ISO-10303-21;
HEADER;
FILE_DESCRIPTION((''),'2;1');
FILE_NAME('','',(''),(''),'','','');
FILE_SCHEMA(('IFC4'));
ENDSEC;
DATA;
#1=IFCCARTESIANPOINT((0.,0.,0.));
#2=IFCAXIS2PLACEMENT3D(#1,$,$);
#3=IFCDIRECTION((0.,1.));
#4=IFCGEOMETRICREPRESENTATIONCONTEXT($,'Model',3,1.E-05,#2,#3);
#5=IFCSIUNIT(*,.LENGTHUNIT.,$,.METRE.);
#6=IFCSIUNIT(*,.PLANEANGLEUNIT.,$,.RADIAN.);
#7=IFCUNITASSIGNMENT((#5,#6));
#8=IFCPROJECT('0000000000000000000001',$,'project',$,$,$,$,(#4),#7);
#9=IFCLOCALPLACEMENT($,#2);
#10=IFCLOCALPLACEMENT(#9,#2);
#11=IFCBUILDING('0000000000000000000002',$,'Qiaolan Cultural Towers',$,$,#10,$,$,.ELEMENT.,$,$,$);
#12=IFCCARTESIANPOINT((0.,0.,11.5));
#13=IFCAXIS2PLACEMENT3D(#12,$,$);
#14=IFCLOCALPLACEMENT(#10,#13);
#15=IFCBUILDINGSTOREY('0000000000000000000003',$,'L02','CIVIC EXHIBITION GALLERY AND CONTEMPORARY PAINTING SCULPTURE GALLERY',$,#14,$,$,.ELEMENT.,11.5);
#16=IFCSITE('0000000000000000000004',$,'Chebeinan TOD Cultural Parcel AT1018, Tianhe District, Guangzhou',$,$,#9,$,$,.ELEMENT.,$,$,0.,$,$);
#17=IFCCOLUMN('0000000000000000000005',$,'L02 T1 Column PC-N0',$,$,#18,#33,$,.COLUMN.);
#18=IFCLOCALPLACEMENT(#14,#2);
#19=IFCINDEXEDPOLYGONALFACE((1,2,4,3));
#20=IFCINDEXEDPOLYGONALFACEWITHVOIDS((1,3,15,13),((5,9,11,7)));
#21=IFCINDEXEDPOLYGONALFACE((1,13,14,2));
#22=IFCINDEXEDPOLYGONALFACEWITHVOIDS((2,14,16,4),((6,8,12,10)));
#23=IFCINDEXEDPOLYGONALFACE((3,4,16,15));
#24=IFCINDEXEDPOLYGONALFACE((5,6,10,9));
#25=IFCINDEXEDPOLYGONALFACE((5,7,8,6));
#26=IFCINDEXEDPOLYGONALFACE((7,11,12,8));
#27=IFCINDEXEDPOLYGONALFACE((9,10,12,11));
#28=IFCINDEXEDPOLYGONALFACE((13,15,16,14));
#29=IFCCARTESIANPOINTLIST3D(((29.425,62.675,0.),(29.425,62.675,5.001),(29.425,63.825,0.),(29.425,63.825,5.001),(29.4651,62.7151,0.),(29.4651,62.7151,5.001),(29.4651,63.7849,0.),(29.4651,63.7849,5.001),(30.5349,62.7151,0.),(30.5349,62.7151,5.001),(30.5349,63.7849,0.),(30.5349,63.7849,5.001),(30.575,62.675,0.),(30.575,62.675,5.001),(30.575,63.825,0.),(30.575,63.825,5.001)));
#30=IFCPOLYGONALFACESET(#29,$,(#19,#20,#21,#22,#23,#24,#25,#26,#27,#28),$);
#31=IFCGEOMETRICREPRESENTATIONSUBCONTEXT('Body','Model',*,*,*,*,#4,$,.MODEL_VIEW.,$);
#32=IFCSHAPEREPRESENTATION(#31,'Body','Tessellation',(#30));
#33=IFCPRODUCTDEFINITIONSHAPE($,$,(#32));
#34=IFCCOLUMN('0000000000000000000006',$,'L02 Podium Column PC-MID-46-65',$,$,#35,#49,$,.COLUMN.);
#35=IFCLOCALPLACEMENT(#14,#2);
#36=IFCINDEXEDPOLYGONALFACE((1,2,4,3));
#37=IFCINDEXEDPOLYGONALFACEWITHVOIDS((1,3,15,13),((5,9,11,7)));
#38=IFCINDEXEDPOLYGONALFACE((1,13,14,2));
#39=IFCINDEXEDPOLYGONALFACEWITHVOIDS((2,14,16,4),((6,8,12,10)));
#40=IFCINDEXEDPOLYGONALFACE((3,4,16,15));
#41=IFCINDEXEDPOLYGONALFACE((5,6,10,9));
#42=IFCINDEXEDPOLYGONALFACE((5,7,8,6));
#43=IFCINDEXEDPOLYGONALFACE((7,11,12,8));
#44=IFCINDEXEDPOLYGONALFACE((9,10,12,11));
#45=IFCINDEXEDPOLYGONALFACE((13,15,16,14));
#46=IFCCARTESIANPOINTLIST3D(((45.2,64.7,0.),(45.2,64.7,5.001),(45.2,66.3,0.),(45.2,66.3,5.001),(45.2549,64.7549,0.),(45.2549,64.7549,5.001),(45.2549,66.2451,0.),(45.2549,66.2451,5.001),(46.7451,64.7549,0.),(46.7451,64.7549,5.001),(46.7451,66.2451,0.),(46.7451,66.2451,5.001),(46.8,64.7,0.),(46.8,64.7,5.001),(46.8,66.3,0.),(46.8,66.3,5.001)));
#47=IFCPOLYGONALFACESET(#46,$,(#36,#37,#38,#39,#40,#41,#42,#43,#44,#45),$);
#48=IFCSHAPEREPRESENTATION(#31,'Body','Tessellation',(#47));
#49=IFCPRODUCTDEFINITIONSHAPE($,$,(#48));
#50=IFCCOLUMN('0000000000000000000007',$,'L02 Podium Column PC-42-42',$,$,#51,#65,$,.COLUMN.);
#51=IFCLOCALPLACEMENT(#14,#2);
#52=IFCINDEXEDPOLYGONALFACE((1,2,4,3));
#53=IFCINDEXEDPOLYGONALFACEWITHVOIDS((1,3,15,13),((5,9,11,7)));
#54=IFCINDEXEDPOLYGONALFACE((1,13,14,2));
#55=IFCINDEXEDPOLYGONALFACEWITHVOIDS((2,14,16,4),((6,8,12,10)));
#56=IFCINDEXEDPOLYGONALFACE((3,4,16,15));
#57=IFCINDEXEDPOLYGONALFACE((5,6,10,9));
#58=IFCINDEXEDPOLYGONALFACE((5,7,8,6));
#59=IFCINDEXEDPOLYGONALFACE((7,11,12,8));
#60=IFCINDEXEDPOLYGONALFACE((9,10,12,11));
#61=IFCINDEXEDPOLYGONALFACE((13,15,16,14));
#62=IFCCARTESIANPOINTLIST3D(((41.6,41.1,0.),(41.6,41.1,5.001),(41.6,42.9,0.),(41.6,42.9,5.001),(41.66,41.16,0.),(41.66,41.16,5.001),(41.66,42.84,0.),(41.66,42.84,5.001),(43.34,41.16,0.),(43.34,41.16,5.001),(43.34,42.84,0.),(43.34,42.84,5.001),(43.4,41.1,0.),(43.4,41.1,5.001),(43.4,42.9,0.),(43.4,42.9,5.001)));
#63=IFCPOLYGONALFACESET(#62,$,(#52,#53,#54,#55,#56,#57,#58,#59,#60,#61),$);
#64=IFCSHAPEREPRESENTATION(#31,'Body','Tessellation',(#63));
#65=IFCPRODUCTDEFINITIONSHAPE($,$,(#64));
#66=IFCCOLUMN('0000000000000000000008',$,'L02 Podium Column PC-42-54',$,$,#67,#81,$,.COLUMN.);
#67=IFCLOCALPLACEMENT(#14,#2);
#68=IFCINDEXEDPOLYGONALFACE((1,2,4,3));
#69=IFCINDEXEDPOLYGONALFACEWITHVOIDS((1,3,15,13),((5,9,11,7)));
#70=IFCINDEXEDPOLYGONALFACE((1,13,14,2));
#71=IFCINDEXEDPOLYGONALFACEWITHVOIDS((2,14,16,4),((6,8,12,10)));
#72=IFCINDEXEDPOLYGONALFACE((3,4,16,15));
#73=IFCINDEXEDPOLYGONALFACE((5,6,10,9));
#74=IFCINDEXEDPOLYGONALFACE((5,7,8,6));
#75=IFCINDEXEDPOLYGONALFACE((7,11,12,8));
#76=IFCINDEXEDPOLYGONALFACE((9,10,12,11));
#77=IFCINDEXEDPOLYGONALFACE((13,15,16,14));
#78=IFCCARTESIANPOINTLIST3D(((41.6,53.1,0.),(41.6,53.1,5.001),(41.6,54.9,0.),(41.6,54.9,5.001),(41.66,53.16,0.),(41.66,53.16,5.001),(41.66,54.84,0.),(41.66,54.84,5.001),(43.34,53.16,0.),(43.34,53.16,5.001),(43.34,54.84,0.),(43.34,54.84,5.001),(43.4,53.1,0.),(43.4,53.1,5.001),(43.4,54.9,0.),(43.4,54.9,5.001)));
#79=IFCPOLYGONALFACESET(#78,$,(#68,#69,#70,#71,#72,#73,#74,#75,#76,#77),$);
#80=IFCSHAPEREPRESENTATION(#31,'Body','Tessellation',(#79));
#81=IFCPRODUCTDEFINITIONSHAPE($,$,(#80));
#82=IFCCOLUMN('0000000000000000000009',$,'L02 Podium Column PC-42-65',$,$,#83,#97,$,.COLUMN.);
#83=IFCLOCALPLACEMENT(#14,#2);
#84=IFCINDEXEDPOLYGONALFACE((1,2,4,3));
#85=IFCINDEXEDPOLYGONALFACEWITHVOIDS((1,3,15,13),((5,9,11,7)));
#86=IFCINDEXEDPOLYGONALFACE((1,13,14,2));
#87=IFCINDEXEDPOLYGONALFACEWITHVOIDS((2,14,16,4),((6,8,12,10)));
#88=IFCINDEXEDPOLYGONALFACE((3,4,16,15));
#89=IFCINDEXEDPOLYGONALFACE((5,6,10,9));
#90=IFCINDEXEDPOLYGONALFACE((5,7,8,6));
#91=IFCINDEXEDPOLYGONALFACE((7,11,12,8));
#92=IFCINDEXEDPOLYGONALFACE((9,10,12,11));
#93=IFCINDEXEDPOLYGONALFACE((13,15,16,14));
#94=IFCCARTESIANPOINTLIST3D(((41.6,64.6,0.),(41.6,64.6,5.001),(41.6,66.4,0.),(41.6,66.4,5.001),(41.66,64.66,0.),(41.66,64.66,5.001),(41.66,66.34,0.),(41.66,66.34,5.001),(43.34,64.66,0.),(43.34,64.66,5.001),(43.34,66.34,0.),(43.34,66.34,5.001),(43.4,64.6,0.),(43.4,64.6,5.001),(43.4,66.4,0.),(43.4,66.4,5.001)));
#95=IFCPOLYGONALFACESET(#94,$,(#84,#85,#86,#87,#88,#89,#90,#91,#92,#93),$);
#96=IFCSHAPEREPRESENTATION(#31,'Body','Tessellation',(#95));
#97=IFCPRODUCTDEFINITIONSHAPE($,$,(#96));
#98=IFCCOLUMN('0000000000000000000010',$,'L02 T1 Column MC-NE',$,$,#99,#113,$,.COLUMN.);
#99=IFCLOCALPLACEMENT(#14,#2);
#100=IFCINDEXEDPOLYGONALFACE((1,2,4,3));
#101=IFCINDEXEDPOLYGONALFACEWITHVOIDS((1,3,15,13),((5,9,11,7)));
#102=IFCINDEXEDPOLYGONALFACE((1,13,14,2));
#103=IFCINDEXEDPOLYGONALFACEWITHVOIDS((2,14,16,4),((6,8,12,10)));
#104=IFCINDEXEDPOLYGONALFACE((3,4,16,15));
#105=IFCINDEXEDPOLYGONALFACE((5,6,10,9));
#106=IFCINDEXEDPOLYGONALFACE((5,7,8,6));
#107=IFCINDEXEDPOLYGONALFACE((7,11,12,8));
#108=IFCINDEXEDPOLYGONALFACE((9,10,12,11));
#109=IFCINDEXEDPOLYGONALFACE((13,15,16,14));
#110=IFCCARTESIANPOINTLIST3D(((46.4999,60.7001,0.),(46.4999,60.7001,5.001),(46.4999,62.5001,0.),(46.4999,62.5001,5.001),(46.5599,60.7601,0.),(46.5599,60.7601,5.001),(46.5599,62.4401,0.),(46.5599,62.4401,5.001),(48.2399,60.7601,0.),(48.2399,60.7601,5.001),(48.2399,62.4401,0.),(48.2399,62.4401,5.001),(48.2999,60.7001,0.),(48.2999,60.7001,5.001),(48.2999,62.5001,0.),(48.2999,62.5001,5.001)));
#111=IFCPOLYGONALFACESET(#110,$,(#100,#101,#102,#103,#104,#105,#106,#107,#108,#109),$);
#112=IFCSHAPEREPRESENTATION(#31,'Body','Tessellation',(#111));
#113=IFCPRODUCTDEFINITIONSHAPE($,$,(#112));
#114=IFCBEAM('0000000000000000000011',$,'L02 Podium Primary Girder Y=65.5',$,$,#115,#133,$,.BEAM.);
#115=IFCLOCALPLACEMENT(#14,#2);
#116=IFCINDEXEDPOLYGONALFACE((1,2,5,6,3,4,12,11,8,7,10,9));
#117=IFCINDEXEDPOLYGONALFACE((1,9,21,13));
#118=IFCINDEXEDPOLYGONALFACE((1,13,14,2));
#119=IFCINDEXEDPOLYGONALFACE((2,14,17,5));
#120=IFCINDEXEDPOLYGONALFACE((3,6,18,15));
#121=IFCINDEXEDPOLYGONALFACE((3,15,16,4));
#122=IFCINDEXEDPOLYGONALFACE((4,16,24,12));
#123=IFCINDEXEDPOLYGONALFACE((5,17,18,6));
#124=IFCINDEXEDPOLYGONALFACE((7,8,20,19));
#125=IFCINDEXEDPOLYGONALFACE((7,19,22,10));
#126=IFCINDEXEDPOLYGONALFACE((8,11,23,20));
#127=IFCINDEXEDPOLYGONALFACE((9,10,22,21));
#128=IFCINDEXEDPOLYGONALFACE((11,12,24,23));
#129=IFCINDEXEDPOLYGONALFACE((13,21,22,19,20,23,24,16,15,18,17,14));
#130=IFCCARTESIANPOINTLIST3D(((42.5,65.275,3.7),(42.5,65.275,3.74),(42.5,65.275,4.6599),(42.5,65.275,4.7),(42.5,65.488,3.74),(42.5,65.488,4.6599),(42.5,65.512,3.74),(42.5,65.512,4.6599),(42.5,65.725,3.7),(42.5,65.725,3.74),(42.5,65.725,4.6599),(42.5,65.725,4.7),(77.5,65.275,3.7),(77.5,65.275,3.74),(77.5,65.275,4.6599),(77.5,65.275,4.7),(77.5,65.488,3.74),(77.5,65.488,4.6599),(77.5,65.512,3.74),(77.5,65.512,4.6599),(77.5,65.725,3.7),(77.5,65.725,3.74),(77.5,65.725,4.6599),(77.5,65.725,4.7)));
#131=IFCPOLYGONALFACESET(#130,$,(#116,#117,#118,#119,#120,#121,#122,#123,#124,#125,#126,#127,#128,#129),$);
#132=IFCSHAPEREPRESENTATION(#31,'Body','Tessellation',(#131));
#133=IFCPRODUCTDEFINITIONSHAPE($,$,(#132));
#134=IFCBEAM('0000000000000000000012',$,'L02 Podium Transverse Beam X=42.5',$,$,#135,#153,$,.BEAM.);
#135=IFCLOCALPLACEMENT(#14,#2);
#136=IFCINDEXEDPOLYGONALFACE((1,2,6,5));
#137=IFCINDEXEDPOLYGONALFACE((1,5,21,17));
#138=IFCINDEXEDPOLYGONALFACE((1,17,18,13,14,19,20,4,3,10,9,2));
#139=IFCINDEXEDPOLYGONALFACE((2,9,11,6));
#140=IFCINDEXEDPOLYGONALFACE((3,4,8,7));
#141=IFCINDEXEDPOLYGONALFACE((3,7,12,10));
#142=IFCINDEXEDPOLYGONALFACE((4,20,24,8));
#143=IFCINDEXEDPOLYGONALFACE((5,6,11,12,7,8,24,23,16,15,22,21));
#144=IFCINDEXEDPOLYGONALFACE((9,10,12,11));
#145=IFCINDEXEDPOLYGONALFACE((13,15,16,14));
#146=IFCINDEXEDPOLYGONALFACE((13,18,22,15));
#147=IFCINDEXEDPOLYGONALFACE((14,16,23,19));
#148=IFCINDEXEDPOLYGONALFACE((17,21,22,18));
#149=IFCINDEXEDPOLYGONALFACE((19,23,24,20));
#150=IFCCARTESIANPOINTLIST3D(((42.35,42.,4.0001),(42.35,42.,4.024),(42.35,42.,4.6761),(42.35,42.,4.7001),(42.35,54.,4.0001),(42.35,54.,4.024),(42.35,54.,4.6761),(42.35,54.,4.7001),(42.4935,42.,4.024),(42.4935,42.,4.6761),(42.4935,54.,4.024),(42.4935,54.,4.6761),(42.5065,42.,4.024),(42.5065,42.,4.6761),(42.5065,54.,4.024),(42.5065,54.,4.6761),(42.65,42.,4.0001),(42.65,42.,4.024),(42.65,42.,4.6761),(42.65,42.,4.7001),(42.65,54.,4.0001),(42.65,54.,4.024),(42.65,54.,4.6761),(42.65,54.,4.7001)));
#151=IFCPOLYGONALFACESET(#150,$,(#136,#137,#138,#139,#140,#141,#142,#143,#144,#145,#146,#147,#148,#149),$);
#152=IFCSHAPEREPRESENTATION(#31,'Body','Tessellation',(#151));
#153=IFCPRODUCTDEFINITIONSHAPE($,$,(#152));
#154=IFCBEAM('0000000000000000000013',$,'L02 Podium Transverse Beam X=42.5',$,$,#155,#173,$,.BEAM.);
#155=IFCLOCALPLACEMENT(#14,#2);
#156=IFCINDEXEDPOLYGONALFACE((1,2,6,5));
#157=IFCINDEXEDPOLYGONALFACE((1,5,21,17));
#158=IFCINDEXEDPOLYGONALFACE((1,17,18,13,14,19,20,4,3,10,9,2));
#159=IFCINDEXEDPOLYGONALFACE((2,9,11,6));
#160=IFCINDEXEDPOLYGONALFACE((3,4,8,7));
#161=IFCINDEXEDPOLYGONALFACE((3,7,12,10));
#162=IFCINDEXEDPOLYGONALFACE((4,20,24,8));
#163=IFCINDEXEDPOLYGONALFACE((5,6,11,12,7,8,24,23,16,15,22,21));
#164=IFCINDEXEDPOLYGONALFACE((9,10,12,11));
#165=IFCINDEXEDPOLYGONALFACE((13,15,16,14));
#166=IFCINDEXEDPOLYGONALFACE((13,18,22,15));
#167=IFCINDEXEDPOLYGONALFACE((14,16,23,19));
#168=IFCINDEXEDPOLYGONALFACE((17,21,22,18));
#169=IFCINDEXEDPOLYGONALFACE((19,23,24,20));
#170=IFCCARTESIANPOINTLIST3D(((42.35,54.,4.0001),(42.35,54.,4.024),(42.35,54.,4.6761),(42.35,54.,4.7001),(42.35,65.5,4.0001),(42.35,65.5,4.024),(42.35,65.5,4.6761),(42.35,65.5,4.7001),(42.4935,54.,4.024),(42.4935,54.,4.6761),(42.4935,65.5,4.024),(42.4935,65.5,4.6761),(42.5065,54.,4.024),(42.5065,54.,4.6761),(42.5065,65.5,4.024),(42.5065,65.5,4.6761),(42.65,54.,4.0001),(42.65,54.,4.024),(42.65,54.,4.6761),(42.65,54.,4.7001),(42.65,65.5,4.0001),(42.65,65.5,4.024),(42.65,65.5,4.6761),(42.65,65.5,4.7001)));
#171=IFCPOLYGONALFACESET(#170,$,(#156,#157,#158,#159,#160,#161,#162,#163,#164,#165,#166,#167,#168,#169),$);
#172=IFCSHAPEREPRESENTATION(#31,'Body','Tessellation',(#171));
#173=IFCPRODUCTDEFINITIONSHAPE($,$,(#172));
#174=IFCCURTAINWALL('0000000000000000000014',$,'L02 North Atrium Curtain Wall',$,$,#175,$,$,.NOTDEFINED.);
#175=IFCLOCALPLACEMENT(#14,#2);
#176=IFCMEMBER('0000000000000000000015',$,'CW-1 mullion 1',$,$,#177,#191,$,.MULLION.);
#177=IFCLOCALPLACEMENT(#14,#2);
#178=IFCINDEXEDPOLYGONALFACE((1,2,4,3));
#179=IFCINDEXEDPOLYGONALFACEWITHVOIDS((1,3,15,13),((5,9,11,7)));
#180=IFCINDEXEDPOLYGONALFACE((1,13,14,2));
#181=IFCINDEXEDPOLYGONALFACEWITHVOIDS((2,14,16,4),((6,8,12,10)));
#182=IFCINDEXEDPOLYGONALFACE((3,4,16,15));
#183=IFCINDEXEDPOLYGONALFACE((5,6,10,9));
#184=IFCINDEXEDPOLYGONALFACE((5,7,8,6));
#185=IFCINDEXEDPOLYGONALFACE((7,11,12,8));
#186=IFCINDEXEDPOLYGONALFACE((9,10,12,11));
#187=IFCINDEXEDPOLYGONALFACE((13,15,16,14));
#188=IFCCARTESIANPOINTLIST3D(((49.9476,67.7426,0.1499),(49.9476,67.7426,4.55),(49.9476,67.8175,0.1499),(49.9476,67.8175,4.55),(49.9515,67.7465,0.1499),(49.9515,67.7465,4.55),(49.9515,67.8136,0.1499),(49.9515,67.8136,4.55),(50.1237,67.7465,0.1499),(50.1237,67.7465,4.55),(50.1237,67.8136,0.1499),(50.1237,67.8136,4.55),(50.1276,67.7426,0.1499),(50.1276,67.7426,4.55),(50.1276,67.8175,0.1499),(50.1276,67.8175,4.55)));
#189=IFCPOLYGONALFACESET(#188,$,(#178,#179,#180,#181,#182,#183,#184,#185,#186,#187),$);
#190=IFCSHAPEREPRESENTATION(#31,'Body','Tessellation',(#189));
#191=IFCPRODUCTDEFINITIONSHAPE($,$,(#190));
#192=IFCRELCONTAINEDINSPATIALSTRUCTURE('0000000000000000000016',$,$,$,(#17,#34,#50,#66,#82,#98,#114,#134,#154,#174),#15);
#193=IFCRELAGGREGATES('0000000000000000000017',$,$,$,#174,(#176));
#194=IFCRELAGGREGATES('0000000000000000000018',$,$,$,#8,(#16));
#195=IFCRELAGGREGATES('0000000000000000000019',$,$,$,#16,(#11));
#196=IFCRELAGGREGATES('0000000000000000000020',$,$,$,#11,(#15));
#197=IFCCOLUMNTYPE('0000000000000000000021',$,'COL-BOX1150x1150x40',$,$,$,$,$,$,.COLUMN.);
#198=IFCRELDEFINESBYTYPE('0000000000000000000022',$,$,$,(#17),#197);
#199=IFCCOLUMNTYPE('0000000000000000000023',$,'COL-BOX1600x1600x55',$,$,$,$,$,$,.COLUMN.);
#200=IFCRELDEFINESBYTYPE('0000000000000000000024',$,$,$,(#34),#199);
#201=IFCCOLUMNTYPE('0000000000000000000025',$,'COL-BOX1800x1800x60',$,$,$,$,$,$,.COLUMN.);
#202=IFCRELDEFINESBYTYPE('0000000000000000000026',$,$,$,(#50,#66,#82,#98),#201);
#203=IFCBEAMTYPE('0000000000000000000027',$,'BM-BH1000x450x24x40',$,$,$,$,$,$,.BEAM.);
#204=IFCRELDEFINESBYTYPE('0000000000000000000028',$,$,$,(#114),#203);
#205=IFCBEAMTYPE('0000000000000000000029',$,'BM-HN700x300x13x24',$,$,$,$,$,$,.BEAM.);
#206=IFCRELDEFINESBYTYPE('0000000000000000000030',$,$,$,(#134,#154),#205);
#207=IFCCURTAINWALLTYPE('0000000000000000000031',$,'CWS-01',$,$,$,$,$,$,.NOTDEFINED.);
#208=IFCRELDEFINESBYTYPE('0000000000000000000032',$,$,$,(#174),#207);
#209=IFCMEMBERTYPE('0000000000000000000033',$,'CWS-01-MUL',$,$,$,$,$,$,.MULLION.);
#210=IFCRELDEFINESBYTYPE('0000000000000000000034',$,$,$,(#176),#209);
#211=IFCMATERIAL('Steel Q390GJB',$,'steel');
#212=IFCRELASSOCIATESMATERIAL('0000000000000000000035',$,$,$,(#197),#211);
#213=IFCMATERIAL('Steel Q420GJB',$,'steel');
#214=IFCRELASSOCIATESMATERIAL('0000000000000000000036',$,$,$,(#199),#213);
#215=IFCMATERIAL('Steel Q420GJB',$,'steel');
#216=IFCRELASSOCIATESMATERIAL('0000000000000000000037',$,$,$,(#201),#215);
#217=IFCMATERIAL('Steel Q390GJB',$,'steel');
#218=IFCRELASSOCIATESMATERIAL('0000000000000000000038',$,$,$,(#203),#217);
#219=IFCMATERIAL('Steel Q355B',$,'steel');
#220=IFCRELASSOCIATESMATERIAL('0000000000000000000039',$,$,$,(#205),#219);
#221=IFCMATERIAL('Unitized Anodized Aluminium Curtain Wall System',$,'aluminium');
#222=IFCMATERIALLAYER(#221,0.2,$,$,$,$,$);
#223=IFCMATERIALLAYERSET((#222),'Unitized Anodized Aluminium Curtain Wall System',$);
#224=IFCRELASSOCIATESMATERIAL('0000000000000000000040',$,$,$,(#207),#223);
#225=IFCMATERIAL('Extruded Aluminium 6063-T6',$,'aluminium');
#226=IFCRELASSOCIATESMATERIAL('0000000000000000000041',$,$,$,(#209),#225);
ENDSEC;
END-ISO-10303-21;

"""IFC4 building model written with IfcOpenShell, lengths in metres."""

from ifc_helpers import new_model, si_unit, direction, frame, origin, origin_2d, place, context, subcontext, project, spatial, hollow_rectangle, i_section, extrude, material, layer, layer_set, material_profile, profile_set, type_object, element, aggregate, save


model = new_model("IFC4")

# Units and contexts
model_context = context("Model", 3, precision=1e-05, world=origin(), true_north=direction((0.0, 1.0)))
body_context = subcontext(model_context, "Body", "Model", "MODEL_VIEW")
ifc_project = project(units=[si_unit("LENGTHUNIT", "METRE"), si_unit("PLANEANGLEUNIT", "RADIAN")], contexts=[model_context])

# Site, building, storey
site_placement = place(None, origin())
site = spatial("IfcSite", under=ifc_project, at=site_placement, Name="Chebeinan TOD Cultural Parcel AT1018, Tianhe District, Guangzhou", CompositionType="ELEMENT", RefElevation=0.0)
building_placement = place(site_placement, origin())
building = spatial("IfcBuilding", under=site, at=building_placement, Name="Qiaolan Cultural Towers", CompositionType="ELEMENT")
storey_placement = place(building_placement, frame((0.0, 0.0, 11.5)))
storey = spatial("IfcBuildingStorey", under=building, at=storey_placement, Name="L02", Description="CIVIC EXHIBITION GALLERY AND CONTEMPORARY PAINTING SCULPTURE GALLERY", CompositionType="ELEMENT", Elevation=11.5)

# Columns
ifc_material_1 = material(Name="Steel Q390GJB", Category="steel")
ifc_material_profile_1 = material_profile(ifc_material_1, hollow_rectangle(XDim=1.1499, YDim=1.1499, WallThickness=0.04, at=origin_2d()), Name="BOX1150x1150x40")
ifc_profile_set_1 = profile_set([ifc_material_profile_1], Name="Steel Q390GJB")
column_type_1 = type_object("IfcColumnType", Name="COL-BOX1150x1150x40", PredefinedType="COLUMN", material=ifc_profile_set_1)
column_1_placement = place(storey_placement, frame((30.0, 63.25, 0.0), z_axis=(0.0, 0.0, 1.0), x_axis=(1.0, 0.0, 0.0)))
element("IfcColumn", 1, at=column_1_placement, inside=storey, type_object=column_type_1, Name="L02 T1 Column PC-N0", PredefinedType="COLUMN", context=body_context, shape_type="SweptSolid", body=[
    extrude(hollow_rectangle(XDim=1.1499, YDim=1.1499, WallThickness=0.04, at=origin_2d()), origin(), (0.0, 0.0, 1.0), 5.001),
])
ifc_material_2 = material(Name="Steel Q420GJB", Category="steel")
ifc_material_profile_2 = material_profile(ifc_material_2, hollow_rectangle(XDim=1.6001, YDim=1.6001, WallThickness=0.0549, at=origin_2d()), Name="BOX1600x1600x55")
ifc_profile_set_2 = profile_set([ifc_material_profile_2], Name="Steel Q420GJB")
column_type_2 = type_object("IfcColumnType", Name="COL-BOX1600x1600x55", PredefinedType="COLUMN", material=ifc_profile_set_2)
column_2_placement = place(storey_placement, frame((46.0, 65.5, 0.0), z_axis=(0.0, 0.0, 1.0), x_axis=(1.0, 0.0, 0.0)))
element("IfcColumn", 2, at=column_2_placement, inside=storey, type_object=column_type_2, Name="L02 Podium Column PC-MID-46-65", PredefinedType="COLUMN", context=body_context, shape_type="SweptSolid", body=[
    extrude(hollow_rectangle(XDim=1.6001, YDim=1.6001, WallThickness=0.0549, at=origin_2d()), origin(), (0.0, 0.0, 1.0), 5.001),
])
ifc_material_3 = material(Name="Steel Q420GJB", Category="steel")
ifc_material_profile_3 = material_profile(ifc_material_3, hollow_rectangle(XDim=1.8, YDim=1.8, WallThickness=0.0601, at=origin_2d()), Name="BOX1800x1800x60")
ifc_profile_set_3 = profile_set([ifc_material_profile_3], Name="Steel Q420GJB")
column_type_3 = type_object("IfcColumnType", Name="COL-BOX1800x1800x60", PredefinedType="COLUMN", material=ifc_profile_set_3)
for number, where, z_axis, x_axis, name in (
    (3, (42.5, 42.0, 0.0), (0.0, 0.0, 1.0), (1.0, 0.0, 0.0), "L02 Podium Column PC-42-42"),
    (4, (42.5, 54.0, 0.0), (0.0, 0.0, 1.0), (1.0, 0.0, 0.0), "L02 Podium Column PC-42-54"),
    (5, (42.5, 65.5, 0.0), (0.0, 0.0, 1.0), (1.0, 0.0, 0.0), "L02 Podium Column PC-42-65"),
    (6, (47.3999, 61.6001, 0.0), (0.0, 0.0, 1.0), (1.0, 0.0, 0.0), "L02 T1 Column MC-NE"),
):
    element("IfcColumn", number, at=place(storey_placement, frame(where, z_axis=z_axis, x_axis=x_axis)), inside=storey, type_object=column_type_3, Name=name, PredefinedType="COLUMN", context=body_context, shape_type="SweptSolid", body=[
        extrude(hollow_rectangle(XDim=1.8, YDim=1.8, WallThickness=0.0601, at=origin_2d()), origin(), (0.0, 0.0, 1.0), 5.001),
    ])

# Beams
ifc_material_4 = material(Name="Steel Q390GJB", Category="steel")
ifc_material_profile_4 = material_profile(ifc_material_4, i_section(OverallWidth=0.45, OverallDepth=1.0, WebThickness=0.0239, FlangeThickness=0.04, at=origin_2d()), Name="BH1000x450x24x40")
ifc_profile_set_4 = profile_set([ifc_material_profile_4], Name="Steel Q390GJB")
beam_type_1 = type_object("IfcBeamType", Name="BM-BH1000x450x24x40", PredefinedType="BEAM", material=ifc_profile_set_4)
beam_1_placement = place(storey_placement, frame((42.5, 65.5, 4.2), z_axis=(1.0, 0.0, 0.0), x_axis=(0.0, 1.0, 0.0)))
element("IfcBeam", 7, at=beam_1_placement, inside=storey, type_object=beam_type_1, Name="L02 Podium Primary Girder Y=65.5", PredefinedType="BEAM", context=body_context, shape_type="SweptSolid", body=[
    extrude(i_section(OverallWidth=0.45, OverallDepth=1.0, WebThickness=0.0239, FlangeThickness=0.04, at=origin_2d()), origin(), (0.0, 0.0, 1.0), 35.0),
])
ifc_material_5 = material(Name="Steel Q355B", Category="steel")
ifc_material_profile_5 = material_profile(ifc_material_5, i_section(OverallWidth=0.3, OverallDepth=0.7, WebThickness=0.0129, FlangeThickness=0.0239, at=origin_2d()), Name="HN700x300x13x24")
ifc_profile_set_5 = profile_set([ifc_material_profile_5], Name="Steel Q355B")
beam_type_2 = type_object("IfcBeamType", Name="BM-HN700x300x13x24", PredefinedType="BEAM", material=ifc_profile_set_5)
beam_2_placement = place(storey_placement, frame((42.5, 42.0, 4.3501), z_axis=(0.0, 1.0, 0.0), x_axis=(-1.0, 0.0, 0.0)))
element("IfcBeam", 8, at=beam_2_placement, inside=storey, type_object=beam_type_2, Name="L02 Podium Transverse Beam X=42.5", PredefinedType="BEAM", context=body_context, shape_type="SweptSolid", body=[
    extrude(i_section(OverallWidth=0.3, OverallDepth=0.7, WebThickness=0.0129, FlangeThickness=0.0239, at=origin_2d()), origin(), (0.0, 0.0, 1.0), 12.0),
])
beam_3_placement = place(storey_placement, frame((42.5, 54.0, 4.3501), z_axis=(0.0, 1.0, 0.0), x_axis=(-1.0, 0.0, 0.0)))
element("IfcBeam", 9, at=beam_3_placement, inside=storey, type_object=beam_type_2, Name="L02 Podium Transverse Beam X=42.5", PredefinedType="BEAM", context=body_context, shape_type="SweptSolid", body=[
    extrude(i_section(OverallWidth=0.3, OverallDepth=0.7, WebThickness=0.0129, FlangeThickness=0.0239, at=origin_2d()), origin(), (0.0, 0.0, 1.0), 11.5),
])

# Curtain wall, member
ifc_material_6 = material(Name="Unitized Anodized Aluminium Curtain Wall System", Category="aluminium")
ifc_layer_1 = layer(ifc_material_6, 0.2)
ifc_layer_set_1 = layer_set([ifc_layer_1], Name="Unitized Anodized Aluminium Curtain Wall System")
curtain_wall_type = type_object("IfcCurtainWallType", Name="CWS-01", PredefinedType="NOTDEFINED", material=ifc_layer_set_1)
curtain_wall_placement = place(storey_placement, origin())
curtain_wall = element("IfcCurtainWall", 10, at=curtain_wall_placement, inside=storey, type_object=curtain_wall_type, Name="L02 North Atrium Curtain Wall", PredefinedType="NOTDEFINED")
ifc_material_7 = material(Name="Extruded Aluminium 6063-T6", Category="aluminium")
ifc_material_profile_6 = material_profile(ifc_material_7, hollow_rectangle(XDim=0.075, YDim=0.1799, WallThickness=0.0039, at=origin_2d()), Name="CWM-180x75x4")
ifc_profile_set_6 = profile_set([ifc_material_profile_6], Name="Extruded Aluminium 6063-T6")
member_type_1 = type_object("IfcMemberType", Name="CWS-01-MUL", PredefinedType="MULLION", material=ifc_profile_set_6)
member_1_placement = place(storey_placement, frame((50.0376, 67.78, 0.1499), z_axis=(0.0, 0.0, 1.0), x_axis=(0.0, 1.0, 0.0)))
member_1 = element("IfcMember", 11, at=member_1_placement, type_object=member_type_1, Name="CW-1 mullion 1", PredefinedType="MULLION", context=body_context, shape_type="SweptSolid", body=[
    extrude(hollow_rectangle(XDim=0.075, YDim=0.1799, WallThickness=0.0039, at=origin_2d()), origin(), (0.0, 0.0, 1.0), 4.4001),
])
aggregate(curtain_wall, [member_1])

save(model, "model.ifc")
